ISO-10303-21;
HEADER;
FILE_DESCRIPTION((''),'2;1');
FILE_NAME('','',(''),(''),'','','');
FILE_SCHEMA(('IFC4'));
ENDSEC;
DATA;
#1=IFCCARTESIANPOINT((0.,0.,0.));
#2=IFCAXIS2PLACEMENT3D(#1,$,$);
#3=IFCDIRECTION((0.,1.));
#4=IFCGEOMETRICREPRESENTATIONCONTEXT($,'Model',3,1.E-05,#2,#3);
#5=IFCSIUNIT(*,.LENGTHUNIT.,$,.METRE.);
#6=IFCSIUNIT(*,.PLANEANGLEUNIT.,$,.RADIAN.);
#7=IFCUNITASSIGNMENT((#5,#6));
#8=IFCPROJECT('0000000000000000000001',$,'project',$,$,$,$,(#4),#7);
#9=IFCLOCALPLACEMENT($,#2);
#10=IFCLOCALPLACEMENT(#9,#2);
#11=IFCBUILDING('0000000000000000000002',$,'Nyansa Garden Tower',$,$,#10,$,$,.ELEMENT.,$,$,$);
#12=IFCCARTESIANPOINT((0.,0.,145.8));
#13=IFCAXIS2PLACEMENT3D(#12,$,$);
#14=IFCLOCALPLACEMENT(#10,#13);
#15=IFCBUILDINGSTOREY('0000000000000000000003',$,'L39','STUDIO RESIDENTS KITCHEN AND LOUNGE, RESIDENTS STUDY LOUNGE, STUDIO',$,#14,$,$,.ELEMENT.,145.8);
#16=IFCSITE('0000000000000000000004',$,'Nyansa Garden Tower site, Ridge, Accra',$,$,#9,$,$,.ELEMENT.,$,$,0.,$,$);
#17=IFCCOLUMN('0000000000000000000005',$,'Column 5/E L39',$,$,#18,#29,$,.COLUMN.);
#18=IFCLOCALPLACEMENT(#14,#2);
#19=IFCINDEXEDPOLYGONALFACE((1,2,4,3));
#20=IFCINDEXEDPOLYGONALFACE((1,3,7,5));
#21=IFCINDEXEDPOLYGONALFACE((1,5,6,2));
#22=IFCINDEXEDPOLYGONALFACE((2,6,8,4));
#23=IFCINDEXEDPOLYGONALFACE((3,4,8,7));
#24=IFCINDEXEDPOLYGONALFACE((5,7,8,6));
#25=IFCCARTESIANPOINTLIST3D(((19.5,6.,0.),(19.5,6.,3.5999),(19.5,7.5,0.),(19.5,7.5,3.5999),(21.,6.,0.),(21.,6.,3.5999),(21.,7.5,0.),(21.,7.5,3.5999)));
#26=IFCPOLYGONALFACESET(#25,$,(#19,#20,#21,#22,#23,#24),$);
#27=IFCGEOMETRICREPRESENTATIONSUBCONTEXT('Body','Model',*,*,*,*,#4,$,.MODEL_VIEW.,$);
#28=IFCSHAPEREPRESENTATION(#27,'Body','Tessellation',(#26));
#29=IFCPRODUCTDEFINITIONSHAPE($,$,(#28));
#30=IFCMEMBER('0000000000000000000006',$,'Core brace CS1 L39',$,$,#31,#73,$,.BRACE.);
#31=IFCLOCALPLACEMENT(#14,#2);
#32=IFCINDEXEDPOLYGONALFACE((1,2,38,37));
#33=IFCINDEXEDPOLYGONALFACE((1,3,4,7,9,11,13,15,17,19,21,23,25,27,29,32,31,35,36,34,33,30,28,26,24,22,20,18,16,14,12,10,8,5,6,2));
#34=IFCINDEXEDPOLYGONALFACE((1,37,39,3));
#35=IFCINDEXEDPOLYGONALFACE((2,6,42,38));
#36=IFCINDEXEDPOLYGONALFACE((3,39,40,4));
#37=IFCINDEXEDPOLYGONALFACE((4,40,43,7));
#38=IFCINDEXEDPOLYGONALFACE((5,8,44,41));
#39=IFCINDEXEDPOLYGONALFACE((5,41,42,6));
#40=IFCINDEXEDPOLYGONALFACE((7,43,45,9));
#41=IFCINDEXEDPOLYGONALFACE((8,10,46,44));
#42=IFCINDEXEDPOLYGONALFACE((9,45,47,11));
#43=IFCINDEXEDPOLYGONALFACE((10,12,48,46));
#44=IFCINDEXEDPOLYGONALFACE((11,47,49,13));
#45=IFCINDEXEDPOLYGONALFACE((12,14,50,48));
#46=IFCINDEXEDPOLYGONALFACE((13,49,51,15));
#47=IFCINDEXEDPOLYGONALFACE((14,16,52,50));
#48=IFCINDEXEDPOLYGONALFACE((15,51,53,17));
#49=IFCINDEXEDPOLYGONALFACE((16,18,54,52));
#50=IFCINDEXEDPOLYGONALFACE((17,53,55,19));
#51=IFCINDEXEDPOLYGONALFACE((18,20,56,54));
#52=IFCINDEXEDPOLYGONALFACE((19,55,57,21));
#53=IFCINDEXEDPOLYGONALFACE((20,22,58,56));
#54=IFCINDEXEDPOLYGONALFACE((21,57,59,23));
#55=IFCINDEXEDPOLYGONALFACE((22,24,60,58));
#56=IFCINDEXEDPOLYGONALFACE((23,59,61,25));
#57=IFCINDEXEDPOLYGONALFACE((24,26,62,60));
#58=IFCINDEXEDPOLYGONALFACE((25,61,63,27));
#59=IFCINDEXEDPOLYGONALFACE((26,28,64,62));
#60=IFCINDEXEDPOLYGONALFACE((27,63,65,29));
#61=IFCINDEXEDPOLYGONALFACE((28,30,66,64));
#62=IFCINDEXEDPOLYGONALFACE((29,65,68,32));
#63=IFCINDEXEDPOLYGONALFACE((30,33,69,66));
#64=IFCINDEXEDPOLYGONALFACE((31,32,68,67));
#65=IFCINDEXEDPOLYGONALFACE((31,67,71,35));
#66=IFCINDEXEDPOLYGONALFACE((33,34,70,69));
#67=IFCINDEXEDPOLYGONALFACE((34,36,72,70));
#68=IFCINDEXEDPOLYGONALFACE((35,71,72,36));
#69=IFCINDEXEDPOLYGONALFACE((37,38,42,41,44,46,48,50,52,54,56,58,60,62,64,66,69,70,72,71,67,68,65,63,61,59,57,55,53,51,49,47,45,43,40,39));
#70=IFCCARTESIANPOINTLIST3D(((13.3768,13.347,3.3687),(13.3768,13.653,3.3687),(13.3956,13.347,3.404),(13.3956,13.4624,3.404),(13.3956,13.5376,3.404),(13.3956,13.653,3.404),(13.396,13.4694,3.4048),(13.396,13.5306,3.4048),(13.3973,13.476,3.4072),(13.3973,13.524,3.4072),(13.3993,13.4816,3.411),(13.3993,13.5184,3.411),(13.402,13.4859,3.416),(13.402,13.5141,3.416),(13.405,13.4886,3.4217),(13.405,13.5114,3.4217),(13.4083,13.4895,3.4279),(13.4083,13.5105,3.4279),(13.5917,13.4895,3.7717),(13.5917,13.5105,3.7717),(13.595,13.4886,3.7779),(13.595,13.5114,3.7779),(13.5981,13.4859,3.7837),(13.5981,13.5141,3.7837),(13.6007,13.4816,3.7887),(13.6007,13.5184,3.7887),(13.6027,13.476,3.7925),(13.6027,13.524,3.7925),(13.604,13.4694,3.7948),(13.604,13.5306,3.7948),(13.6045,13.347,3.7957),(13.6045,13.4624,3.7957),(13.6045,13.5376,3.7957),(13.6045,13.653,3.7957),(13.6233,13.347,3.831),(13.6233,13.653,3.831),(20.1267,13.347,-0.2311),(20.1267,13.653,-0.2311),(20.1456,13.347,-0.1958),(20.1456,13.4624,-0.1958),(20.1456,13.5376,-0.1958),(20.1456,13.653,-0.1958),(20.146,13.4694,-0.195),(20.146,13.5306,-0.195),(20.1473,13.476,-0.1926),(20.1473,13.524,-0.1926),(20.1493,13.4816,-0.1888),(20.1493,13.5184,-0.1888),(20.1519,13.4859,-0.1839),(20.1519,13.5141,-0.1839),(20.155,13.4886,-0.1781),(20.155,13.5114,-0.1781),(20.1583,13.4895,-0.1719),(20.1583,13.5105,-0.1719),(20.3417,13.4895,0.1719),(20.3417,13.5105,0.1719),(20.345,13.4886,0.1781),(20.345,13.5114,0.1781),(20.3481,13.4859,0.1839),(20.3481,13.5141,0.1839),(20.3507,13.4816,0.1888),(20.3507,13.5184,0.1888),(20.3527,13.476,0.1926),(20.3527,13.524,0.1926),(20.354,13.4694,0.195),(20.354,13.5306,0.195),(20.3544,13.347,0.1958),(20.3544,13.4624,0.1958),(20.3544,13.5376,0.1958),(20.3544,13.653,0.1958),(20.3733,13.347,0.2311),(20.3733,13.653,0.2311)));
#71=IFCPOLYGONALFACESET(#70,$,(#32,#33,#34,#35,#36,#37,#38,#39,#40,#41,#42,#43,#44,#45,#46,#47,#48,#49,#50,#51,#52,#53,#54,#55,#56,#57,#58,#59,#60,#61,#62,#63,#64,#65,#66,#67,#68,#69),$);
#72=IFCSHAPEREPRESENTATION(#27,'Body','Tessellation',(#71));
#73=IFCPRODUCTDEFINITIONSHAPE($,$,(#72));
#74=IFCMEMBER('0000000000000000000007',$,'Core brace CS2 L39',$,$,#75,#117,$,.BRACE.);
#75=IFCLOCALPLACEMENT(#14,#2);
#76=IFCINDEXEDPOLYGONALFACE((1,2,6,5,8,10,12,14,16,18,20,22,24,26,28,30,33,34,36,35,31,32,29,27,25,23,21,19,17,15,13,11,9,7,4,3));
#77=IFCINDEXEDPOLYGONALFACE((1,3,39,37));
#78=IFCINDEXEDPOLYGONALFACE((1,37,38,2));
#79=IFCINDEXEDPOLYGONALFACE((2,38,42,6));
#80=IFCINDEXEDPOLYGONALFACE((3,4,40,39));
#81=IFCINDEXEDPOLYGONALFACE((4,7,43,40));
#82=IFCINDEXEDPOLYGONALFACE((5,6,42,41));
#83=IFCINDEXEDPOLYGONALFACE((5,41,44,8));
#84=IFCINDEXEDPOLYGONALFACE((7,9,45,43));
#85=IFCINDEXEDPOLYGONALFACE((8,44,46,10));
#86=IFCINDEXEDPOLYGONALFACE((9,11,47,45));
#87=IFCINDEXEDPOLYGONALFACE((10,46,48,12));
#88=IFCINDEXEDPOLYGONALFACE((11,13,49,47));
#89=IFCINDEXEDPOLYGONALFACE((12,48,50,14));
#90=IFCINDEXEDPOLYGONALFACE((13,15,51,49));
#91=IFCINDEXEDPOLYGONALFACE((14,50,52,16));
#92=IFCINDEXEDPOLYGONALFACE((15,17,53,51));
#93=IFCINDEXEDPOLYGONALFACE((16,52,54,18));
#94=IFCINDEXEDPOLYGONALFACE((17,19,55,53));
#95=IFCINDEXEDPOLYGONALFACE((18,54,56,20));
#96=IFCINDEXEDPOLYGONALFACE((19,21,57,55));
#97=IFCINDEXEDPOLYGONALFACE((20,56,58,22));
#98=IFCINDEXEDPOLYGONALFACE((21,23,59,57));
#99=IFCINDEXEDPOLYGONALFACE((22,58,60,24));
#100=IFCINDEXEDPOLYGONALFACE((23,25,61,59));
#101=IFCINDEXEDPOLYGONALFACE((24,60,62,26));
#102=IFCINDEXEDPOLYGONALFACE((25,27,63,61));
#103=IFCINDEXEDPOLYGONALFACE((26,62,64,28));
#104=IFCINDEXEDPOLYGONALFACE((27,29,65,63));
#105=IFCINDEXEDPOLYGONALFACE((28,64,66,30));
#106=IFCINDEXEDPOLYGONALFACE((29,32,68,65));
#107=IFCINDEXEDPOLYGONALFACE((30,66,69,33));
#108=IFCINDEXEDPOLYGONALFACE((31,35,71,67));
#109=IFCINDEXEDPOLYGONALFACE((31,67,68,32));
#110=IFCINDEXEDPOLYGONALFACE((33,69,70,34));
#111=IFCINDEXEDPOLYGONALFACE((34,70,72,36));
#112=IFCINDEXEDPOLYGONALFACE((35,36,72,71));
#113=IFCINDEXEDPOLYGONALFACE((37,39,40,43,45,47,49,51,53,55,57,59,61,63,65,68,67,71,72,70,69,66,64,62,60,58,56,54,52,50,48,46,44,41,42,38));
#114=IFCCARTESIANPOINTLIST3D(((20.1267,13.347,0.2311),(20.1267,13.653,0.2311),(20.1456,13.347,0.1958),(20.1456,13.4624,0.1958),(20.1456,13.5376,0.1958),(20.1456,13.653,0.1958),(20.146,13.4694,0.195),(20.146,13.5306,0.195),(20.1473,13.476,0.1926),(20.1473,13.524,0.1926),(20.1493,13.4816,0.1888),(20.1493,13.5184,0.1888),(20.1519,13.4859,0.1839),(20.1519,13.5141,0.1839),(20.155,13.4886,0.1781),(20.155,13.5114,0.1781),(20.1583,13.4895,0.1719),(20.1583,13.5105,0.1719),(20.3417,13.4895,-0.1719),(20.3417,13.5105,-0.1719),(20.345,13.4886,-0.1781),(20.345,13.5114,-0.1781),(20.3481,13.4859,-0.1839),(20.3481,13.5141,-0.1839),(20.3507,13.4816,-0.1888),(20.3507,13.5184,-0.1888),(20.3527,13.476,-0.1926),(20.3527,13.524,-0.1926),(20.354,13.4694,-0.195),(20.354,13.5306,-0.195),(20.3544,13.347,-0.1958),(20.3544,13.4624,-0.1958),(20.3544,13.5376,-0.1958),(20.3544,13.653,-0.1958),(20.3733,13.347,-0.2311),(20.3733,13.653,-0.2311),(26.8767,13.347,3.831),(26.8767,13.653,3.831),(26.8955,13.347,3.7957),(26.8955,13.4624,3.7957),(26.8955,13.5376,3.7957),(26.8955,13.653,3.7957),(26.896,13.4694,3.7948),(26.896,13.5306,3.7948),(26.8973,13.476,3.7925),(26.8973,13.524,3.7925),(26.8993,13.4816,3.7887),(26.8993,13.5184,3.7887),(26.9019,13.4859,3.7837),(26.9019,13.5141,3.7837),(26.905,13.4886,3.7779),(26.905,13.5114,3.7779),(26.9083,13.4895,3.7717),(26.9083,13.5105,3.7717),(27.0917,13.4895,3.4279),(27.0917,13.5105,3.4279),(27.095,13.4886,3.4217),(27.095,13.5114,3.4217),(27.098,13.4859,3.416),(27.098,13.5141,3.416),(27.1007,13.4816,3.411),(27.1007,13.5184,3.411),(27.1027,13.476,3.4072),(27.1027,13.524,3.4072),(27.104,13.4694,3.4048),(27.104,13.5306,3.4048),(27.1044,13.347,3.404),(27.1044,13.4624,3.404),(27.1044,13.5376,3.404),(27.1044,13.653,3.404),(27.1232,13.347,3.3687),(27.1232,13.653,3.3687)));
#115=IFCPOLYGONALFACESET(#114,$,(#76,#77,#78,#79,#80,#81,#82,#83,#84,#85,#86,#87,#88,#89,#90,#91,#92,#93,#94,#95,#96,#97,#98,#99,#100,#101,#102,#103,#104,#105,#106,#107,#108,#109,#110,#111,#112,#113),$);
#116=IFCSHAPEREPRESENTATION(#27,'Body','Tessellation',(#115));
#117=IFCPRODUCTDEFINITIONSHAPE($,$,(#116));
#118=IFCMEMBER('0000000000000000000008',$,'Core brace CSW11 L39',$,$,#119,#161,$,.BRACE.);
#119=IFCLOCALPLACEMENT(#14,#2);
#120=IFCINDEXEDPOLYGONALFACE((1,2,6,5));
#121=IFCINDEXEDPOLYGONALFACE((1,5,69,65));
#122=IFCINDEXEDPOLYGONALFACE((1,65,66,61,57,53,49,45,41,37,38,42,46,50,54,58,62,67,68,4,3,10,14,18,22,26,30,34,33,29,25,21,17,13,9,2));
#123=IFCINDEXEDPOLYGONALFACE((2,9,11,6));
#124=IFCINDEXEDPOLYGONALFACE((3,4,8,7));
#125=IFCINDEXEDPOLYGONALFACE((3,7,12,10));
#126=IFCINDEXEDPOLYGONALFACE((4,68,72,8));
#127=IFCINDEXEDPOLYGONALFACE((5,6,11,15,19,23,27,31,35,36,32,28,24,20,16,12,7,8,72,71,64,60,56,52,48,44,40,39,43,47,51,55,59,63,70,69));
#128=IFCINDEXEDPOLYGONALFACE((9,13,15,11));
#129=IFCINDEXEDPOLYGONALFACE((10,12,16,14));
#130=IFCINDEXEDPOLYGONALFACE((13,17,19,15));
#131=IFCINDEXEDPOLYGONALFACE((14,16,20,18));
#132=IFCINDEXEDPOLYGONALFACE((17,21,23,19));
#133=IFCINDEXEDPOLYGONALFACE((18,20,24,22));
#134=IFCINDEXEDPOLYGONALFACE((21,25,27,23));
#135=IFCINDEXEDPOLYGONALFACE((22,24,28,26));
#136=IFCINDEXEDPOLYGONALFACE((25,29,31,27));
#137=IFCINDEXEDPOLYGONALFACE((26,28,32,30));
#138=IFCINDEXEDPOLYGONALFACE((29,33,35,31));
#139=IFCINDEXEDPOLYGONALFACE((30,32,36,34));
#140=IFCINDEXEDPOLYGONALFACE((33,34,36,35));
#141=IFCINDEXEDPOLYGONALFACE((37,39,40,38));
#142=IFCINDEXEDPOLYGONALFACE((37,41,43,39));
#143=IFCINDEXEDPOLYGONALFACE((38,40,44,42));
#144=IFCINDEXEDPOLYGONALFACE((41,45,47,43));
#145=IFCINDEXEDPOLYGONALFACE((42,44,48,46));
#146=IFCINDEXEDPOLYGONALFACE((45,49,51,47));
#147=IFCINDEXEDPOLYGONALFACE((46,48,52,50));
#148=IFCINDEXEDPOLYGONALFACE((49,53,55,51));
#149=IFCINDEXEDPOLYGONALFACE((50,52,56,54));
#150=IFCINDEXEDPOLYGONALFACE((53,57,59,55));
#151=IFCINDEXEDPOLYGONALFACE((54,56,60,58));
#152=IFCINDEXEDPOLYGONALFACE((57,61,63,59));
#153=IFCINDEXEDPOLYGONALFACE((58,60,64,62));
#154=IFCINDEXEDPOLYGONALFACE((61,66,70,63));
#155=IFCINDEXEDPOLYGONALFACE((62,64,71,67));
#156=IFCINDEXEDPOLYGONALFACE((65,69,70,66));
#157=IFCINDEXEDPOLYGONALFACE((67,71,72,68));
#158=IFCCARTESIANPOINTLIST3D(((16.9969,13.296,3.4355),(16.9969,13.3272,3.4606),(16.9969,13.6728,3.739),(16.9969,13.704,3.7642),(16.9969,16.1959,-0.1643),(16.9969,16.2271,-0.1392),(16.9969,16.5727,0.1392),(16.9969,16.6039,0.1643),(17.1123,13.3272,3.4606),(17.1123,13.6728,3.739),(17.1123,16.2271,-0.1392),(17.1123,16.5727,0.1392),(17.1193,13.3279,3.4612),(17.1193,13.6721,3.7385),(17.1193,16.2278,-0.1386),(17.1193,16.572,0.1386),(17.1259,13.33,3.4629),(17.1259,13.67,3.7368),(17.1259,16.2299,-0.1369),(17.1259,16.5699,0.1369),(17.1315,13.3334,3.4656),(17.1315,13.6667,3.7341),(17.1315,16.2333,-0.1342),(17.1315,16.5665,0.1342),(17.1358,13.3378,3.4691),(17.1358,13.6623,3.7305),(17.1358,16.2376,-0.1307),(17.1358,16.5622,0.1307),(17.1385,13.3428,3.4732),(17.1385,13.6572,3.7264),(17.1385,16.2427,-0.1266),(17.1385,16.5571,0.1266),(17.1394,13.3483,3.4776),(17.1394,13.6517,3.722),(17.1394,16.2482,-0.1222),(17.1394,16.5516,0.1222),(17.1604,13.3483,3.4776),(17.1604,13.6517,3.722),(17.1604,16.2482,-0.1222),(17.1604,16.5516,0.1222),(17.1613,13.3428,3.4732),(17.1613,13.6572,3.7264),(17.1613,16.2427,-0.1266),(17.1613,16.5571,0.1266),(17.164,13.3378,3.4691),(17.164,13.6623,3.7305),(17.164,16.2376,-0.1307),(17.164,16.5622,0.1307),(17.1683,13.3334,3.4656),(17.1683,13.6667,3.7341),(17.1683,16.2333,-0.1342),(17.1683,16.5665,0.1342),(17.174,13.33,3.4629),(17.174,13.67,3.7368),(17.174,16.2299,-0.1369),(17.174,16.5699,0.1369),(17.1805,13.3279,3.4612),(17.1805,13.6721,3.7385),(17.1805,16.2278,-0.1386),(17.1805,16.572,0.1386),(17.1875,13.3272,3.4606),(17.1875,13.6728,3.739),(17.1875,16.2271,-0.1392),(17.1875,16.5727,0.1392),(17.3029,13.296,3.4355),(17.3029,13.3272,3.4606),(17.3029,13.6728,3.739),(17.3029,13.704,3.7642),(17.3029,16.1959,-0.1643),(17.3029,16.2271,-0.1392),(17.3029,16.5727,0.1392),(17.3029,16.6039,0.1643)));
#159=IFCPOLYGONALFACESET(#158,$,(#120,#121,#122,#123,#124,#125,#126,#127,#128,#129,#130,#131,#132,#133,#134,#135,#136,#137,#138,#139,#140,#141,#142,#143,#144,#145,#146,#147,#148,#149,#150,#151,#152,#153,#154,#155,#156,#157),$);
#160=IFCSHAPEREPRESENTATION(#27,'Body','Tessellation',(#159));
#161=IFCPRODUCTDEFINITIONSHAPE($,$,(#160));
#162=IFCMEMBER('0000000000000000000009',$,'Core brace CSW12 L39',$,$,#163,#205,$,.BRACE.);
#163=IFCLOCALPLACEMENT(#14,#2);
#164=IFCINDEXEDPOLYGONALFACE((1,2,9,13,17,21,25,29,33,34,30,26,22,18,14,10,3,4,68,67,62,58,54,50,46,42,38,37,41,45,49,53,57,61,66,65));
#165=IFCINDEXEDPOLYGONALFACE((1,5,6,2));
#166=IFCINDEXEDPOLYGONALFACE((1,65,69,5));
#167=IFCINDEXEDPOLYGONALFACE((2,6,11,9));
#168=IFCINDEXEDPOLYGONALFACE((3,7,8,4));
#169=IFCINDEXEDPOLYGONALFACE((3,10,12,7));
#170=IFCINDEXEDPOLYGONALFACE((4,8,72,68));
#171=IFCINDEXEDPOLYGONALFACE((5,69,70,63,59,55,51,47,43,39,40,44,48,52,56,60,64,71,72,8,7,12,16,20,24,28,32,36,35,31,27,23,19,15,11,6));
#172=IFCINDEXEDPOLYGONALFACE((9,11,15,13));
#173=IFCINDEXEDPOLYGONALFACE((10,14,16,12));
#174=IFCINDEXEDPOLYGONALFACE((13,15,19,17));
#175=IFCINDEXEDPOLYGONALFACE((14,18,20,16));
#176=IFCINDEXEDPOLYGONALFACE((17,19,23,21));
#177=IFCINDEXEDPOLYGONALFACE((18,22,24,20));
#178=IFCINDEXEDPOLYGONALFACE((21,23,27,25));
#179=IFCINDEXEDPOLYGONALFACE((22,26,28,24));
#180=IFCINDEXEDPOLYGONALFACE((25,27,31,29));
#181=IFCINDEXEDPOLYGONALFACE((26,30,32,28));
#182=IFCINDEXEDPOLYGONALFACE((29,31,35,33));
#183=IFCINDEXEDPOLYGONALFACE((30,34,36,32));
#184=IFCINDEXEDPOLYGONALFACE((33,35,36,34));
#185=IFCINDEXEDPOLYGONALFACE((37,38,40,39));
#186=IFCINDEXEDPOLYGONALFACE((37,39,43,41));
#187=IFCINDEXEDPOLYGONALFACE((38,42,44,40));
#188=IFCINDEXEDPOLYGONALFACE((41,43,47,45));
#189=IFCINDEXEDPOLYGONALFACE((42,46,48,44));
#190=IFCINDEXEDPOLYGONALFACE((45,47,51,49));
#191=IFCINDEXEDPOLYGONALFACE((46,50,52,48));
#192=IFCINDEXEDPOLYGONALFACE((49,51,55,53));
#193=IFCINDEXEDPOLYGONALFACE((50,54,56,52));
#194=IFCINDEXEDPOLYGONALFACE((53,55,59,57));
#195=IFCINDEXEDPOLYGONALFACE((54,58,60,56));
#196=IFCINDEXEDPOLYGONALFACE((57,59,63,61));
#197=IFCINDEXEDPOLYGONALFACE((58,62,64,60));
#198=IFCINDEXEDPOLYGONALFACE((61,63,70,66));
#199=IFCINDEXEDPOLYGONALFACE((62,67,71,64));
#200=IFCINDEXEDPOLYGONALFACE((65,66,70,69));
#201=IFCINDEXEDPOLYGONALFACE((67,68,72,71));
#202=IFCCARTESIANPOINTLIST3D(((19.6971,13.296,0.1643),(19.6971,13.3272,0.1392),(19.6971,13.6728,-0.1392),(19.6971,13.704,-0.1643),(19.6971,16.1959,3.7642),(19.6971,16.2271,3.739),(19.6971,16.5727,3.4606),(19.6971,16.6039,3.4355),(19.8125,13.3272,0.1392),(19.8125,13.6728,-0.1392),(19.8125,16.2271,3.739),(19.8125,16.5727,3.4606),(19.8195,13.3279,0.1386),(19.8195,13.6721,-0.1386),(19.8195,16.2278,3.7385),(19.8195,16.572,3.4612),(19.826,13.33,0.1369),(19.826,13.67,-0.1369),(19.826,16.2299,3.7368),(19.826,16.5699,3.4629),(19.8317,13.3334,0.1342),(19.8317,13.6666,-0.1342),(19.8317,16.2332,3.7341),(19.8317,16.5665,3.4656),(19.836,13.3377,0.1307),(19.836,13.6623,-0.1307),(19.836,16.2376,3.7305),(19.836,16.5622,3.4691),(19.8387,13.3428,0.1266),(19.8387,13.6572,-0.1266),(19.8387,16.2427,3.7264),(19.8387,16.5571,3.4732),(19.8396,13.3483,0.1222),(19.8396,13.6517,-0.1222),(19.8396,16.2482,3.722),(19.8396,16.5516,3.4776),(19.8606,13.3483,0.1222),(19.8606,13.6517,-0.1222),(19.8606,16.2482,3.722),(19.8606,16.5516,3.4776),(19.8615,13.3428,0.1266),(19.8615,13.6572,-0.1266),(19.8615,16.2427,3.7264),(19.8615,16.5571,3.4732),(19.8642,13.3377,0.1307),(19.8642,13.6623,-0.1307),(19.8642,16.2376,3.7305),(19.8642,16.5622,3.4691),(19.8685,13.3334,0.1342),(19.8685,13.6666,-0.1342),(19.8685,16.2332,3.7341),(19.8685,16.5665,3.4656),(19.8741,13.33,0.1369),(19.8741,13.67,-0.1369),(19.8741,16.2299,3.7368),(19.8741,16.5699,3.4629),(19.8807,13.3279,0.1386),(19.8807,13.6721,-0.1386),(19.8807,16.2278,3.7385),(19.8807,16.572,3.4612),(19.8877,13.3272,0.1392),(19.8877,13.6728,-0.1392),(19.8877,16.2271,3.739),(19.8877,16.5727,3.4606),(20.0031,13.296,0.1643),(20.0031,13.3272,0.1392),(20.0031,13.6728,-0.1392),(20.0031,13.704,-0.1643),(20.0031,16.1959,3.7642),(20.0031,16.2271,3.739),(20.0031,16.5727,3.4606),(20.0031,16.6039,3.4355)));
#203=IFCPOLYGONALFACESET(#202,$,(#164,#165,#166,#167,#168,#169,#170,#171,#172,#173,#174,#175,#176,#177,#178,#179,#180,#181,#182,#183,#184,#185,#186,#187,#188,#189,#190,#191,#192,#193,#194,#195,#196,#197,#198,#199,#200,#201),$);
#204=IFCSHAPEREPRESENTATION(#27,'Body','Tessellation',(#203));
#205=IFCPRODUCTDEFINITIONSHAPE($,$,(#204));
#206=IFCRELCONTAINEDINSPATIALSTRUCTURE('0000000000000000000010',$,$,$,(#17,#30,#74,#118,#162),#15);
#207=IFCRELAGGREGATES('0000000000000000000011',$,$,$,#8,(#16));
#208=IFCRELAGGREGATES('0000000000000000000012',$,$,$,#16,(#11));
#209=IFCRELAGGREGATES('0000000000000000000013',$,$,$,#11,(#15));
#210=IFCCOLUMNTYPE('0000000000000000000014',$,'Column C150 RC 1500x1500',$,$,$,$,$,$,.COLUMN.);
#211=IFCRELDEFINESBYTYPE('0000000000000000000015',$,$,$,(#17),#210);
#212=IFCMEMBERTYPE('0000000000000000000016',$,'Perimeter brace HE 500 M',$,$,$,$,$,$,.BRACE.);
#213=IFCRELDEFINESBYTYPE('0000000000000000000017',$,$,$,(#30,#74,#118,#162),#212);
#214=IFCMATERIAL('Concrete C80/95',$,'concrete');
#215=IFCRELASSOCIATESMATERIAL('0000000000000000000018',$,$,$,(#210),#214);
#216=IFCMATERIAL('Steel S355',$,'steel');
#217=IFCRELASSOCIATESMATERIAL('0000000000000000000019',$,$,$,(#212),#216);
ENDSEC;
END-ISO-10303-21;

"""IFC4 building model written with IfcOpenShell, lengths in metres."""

from ifc_helpers import new_model, si_unit, direction, frame, origin, origin_2d, place, context, subcontext, project, spatial, rectangle, i_section, extrude, material, material_profile, profile_set, type_object, element, save


model = new_model("IFC4")

# Units and contexts
model_context = context("Model", 3, precision=1e-05, world=origin(), true_north=direction((0.0, 1.0)))
body_context = subcontext(model_context, "Body", "Model", "MODEL_VIEW")
ifc_project = project(units=[si_unit("LENGTHUNIT", "METRE"), si_unit("PLANEANGLEUNIT", "RADIAN")], contexts=[model_context])

# Site, building, storey
site_placement = place(None, origin())
site = spatial("IfcSite", under=ifc_project, at=site_placement, Name="Nyansa Garden Tower site, Ridge, Accra", CompositionType="ELEMENT", RefElevation=0.0)
building_placement = place(site_placement, origin())
building = spatial("IfcBuilding", under=site, at=building_placement, Name="Nyansa Garden Tower", CompositionType="ELEMENT")
storey_placement = place(building_placement, frame((0.0, 0.0, 145.8)))
storey = spatial("IfcBuildingStorey", under=building, at=storey_placement, Name="L39", Description="STUDIO RESIDENTS KITCHEN AND LOUNGE, RESIDENTS STUDY LOUNGE, STUDIO", CompositionType="ELEMENT", Elevation=145.8)

# Column
ifc_material_1 = material(Name="Concrete C80/95", Category="concrete")
ifc_material_profile_1 = material_profile(ifc_material_1, rectangle(XDim=1.5, YDim=1.5, at=origin_2d()), Name="RC 1500x1500")
ifc_profile_set_1 = profile_set([ifc_material_profile_1], Name="Concrete C80/95")
column_type = type_object("IfcColumnType", Name="Column C150 RC 1500x1500", PredefinedType="COLUMN", material=ifc_profile_set_1)
column_placement = place(storey_placement, frame((20.25, 6.75, 0.0), z_axis=(0.0, 0.0, 1.0), x_axis=(1.0, 0.0, 0.0)))
element("IfcColumn", 1, at=column_placement, inside=storey, type_object=column_type, Name="Column 5/E L39", PredefinedType="COLUMN", context=body_context, shape_type="SweptSolid", body=[
    extrude(rectangle(XDim=1.5, YDim=1.5, at=origin_2d()), origin(), (0.0, 0.0, 1.0), 3.5999),
])

# Members
ifc_material_2 = material(Name="Steel S355", Category="steel")
ifc_material_profile_2 = material_profile(ifc_material_2, i_section(OverallWidth=0.3059, OverallDepth=0.5239, WebThickness=0.021, FlangeThickness=0.04, FilletRadius=0.0271, at=origin_2d()), Name="HE 500 M")
ifc_profile_set_2 = profile_set([ifc_material_profile_2], Name="Steel S355")
member_type = type_object("IfcMemberType", Name="Perimeter brace HE 500 M", PredefinedType="BRACE", material=ifc_profile_set_2)
for number, where, z_axis, x_axis, name in (
    (2, (20.25, 13.5, 0.0), (-0.882361, 0.0, 0.470573), (0.0, -1.0, 0.0), "Core brace CS1 L39"),
    (3, (20.25, 13.5, 0.0), (0.882361, 0.0, 0.470573), (0.0, 1.0, 0.0), "Core brace CS2 L39"),
):
    element("IfcMember", number, at=place(storey_placement, frame(where, z_axis=z_axis, x_axis=x_axis)), inside=storey, type_object=member_type, Name=name, PredefinedType="BRACE", context=body_context, shape_type="SweptSolid", body=[
        extrude(i_section(OverallWidth=0.3059, OverallDepth=0.5239, WebThickness=0.021, FlangeThickness=0.04, FilletRadius=0.0271, at=origin_2d()), origin(), (0.0, 0.0, 1.0), 7.6499),
    ])
for number, where, z_axis, x_axis, name in (
    (4, (17.1499, 16.3999, 0.0), (0.0, -0.627332, 0.778752), (1.0, 0.0, 0.0), "Core brace CSW11 L39"),
    (5, (19.8501, 13.5, 0.0), (0.0, 0.627332, 0.778752), (-1.0, 0.0, 0.0), "Core brace CSW12 L39"),
):
    element("IfcMember", number, at=place(storey_placement, frame(where, z_axis=z_axis, x_axis=x_axis)), inside=storey, type_object=member_type, Name=name, PredefinedType="BRACE", context=body_context, shape_type="SweptSolid", body=[
        extrude(i_section(OverallWidth=0.3059, OverallDepth=0.5239, WebThickness=0.021, FlangeThickness=0.04, FilletRadius=0.0271, at=origin_2d()), origin(), (0.0, 0.0, 1.0), 4.6226),
    ])

save(model, "model.ifc")
